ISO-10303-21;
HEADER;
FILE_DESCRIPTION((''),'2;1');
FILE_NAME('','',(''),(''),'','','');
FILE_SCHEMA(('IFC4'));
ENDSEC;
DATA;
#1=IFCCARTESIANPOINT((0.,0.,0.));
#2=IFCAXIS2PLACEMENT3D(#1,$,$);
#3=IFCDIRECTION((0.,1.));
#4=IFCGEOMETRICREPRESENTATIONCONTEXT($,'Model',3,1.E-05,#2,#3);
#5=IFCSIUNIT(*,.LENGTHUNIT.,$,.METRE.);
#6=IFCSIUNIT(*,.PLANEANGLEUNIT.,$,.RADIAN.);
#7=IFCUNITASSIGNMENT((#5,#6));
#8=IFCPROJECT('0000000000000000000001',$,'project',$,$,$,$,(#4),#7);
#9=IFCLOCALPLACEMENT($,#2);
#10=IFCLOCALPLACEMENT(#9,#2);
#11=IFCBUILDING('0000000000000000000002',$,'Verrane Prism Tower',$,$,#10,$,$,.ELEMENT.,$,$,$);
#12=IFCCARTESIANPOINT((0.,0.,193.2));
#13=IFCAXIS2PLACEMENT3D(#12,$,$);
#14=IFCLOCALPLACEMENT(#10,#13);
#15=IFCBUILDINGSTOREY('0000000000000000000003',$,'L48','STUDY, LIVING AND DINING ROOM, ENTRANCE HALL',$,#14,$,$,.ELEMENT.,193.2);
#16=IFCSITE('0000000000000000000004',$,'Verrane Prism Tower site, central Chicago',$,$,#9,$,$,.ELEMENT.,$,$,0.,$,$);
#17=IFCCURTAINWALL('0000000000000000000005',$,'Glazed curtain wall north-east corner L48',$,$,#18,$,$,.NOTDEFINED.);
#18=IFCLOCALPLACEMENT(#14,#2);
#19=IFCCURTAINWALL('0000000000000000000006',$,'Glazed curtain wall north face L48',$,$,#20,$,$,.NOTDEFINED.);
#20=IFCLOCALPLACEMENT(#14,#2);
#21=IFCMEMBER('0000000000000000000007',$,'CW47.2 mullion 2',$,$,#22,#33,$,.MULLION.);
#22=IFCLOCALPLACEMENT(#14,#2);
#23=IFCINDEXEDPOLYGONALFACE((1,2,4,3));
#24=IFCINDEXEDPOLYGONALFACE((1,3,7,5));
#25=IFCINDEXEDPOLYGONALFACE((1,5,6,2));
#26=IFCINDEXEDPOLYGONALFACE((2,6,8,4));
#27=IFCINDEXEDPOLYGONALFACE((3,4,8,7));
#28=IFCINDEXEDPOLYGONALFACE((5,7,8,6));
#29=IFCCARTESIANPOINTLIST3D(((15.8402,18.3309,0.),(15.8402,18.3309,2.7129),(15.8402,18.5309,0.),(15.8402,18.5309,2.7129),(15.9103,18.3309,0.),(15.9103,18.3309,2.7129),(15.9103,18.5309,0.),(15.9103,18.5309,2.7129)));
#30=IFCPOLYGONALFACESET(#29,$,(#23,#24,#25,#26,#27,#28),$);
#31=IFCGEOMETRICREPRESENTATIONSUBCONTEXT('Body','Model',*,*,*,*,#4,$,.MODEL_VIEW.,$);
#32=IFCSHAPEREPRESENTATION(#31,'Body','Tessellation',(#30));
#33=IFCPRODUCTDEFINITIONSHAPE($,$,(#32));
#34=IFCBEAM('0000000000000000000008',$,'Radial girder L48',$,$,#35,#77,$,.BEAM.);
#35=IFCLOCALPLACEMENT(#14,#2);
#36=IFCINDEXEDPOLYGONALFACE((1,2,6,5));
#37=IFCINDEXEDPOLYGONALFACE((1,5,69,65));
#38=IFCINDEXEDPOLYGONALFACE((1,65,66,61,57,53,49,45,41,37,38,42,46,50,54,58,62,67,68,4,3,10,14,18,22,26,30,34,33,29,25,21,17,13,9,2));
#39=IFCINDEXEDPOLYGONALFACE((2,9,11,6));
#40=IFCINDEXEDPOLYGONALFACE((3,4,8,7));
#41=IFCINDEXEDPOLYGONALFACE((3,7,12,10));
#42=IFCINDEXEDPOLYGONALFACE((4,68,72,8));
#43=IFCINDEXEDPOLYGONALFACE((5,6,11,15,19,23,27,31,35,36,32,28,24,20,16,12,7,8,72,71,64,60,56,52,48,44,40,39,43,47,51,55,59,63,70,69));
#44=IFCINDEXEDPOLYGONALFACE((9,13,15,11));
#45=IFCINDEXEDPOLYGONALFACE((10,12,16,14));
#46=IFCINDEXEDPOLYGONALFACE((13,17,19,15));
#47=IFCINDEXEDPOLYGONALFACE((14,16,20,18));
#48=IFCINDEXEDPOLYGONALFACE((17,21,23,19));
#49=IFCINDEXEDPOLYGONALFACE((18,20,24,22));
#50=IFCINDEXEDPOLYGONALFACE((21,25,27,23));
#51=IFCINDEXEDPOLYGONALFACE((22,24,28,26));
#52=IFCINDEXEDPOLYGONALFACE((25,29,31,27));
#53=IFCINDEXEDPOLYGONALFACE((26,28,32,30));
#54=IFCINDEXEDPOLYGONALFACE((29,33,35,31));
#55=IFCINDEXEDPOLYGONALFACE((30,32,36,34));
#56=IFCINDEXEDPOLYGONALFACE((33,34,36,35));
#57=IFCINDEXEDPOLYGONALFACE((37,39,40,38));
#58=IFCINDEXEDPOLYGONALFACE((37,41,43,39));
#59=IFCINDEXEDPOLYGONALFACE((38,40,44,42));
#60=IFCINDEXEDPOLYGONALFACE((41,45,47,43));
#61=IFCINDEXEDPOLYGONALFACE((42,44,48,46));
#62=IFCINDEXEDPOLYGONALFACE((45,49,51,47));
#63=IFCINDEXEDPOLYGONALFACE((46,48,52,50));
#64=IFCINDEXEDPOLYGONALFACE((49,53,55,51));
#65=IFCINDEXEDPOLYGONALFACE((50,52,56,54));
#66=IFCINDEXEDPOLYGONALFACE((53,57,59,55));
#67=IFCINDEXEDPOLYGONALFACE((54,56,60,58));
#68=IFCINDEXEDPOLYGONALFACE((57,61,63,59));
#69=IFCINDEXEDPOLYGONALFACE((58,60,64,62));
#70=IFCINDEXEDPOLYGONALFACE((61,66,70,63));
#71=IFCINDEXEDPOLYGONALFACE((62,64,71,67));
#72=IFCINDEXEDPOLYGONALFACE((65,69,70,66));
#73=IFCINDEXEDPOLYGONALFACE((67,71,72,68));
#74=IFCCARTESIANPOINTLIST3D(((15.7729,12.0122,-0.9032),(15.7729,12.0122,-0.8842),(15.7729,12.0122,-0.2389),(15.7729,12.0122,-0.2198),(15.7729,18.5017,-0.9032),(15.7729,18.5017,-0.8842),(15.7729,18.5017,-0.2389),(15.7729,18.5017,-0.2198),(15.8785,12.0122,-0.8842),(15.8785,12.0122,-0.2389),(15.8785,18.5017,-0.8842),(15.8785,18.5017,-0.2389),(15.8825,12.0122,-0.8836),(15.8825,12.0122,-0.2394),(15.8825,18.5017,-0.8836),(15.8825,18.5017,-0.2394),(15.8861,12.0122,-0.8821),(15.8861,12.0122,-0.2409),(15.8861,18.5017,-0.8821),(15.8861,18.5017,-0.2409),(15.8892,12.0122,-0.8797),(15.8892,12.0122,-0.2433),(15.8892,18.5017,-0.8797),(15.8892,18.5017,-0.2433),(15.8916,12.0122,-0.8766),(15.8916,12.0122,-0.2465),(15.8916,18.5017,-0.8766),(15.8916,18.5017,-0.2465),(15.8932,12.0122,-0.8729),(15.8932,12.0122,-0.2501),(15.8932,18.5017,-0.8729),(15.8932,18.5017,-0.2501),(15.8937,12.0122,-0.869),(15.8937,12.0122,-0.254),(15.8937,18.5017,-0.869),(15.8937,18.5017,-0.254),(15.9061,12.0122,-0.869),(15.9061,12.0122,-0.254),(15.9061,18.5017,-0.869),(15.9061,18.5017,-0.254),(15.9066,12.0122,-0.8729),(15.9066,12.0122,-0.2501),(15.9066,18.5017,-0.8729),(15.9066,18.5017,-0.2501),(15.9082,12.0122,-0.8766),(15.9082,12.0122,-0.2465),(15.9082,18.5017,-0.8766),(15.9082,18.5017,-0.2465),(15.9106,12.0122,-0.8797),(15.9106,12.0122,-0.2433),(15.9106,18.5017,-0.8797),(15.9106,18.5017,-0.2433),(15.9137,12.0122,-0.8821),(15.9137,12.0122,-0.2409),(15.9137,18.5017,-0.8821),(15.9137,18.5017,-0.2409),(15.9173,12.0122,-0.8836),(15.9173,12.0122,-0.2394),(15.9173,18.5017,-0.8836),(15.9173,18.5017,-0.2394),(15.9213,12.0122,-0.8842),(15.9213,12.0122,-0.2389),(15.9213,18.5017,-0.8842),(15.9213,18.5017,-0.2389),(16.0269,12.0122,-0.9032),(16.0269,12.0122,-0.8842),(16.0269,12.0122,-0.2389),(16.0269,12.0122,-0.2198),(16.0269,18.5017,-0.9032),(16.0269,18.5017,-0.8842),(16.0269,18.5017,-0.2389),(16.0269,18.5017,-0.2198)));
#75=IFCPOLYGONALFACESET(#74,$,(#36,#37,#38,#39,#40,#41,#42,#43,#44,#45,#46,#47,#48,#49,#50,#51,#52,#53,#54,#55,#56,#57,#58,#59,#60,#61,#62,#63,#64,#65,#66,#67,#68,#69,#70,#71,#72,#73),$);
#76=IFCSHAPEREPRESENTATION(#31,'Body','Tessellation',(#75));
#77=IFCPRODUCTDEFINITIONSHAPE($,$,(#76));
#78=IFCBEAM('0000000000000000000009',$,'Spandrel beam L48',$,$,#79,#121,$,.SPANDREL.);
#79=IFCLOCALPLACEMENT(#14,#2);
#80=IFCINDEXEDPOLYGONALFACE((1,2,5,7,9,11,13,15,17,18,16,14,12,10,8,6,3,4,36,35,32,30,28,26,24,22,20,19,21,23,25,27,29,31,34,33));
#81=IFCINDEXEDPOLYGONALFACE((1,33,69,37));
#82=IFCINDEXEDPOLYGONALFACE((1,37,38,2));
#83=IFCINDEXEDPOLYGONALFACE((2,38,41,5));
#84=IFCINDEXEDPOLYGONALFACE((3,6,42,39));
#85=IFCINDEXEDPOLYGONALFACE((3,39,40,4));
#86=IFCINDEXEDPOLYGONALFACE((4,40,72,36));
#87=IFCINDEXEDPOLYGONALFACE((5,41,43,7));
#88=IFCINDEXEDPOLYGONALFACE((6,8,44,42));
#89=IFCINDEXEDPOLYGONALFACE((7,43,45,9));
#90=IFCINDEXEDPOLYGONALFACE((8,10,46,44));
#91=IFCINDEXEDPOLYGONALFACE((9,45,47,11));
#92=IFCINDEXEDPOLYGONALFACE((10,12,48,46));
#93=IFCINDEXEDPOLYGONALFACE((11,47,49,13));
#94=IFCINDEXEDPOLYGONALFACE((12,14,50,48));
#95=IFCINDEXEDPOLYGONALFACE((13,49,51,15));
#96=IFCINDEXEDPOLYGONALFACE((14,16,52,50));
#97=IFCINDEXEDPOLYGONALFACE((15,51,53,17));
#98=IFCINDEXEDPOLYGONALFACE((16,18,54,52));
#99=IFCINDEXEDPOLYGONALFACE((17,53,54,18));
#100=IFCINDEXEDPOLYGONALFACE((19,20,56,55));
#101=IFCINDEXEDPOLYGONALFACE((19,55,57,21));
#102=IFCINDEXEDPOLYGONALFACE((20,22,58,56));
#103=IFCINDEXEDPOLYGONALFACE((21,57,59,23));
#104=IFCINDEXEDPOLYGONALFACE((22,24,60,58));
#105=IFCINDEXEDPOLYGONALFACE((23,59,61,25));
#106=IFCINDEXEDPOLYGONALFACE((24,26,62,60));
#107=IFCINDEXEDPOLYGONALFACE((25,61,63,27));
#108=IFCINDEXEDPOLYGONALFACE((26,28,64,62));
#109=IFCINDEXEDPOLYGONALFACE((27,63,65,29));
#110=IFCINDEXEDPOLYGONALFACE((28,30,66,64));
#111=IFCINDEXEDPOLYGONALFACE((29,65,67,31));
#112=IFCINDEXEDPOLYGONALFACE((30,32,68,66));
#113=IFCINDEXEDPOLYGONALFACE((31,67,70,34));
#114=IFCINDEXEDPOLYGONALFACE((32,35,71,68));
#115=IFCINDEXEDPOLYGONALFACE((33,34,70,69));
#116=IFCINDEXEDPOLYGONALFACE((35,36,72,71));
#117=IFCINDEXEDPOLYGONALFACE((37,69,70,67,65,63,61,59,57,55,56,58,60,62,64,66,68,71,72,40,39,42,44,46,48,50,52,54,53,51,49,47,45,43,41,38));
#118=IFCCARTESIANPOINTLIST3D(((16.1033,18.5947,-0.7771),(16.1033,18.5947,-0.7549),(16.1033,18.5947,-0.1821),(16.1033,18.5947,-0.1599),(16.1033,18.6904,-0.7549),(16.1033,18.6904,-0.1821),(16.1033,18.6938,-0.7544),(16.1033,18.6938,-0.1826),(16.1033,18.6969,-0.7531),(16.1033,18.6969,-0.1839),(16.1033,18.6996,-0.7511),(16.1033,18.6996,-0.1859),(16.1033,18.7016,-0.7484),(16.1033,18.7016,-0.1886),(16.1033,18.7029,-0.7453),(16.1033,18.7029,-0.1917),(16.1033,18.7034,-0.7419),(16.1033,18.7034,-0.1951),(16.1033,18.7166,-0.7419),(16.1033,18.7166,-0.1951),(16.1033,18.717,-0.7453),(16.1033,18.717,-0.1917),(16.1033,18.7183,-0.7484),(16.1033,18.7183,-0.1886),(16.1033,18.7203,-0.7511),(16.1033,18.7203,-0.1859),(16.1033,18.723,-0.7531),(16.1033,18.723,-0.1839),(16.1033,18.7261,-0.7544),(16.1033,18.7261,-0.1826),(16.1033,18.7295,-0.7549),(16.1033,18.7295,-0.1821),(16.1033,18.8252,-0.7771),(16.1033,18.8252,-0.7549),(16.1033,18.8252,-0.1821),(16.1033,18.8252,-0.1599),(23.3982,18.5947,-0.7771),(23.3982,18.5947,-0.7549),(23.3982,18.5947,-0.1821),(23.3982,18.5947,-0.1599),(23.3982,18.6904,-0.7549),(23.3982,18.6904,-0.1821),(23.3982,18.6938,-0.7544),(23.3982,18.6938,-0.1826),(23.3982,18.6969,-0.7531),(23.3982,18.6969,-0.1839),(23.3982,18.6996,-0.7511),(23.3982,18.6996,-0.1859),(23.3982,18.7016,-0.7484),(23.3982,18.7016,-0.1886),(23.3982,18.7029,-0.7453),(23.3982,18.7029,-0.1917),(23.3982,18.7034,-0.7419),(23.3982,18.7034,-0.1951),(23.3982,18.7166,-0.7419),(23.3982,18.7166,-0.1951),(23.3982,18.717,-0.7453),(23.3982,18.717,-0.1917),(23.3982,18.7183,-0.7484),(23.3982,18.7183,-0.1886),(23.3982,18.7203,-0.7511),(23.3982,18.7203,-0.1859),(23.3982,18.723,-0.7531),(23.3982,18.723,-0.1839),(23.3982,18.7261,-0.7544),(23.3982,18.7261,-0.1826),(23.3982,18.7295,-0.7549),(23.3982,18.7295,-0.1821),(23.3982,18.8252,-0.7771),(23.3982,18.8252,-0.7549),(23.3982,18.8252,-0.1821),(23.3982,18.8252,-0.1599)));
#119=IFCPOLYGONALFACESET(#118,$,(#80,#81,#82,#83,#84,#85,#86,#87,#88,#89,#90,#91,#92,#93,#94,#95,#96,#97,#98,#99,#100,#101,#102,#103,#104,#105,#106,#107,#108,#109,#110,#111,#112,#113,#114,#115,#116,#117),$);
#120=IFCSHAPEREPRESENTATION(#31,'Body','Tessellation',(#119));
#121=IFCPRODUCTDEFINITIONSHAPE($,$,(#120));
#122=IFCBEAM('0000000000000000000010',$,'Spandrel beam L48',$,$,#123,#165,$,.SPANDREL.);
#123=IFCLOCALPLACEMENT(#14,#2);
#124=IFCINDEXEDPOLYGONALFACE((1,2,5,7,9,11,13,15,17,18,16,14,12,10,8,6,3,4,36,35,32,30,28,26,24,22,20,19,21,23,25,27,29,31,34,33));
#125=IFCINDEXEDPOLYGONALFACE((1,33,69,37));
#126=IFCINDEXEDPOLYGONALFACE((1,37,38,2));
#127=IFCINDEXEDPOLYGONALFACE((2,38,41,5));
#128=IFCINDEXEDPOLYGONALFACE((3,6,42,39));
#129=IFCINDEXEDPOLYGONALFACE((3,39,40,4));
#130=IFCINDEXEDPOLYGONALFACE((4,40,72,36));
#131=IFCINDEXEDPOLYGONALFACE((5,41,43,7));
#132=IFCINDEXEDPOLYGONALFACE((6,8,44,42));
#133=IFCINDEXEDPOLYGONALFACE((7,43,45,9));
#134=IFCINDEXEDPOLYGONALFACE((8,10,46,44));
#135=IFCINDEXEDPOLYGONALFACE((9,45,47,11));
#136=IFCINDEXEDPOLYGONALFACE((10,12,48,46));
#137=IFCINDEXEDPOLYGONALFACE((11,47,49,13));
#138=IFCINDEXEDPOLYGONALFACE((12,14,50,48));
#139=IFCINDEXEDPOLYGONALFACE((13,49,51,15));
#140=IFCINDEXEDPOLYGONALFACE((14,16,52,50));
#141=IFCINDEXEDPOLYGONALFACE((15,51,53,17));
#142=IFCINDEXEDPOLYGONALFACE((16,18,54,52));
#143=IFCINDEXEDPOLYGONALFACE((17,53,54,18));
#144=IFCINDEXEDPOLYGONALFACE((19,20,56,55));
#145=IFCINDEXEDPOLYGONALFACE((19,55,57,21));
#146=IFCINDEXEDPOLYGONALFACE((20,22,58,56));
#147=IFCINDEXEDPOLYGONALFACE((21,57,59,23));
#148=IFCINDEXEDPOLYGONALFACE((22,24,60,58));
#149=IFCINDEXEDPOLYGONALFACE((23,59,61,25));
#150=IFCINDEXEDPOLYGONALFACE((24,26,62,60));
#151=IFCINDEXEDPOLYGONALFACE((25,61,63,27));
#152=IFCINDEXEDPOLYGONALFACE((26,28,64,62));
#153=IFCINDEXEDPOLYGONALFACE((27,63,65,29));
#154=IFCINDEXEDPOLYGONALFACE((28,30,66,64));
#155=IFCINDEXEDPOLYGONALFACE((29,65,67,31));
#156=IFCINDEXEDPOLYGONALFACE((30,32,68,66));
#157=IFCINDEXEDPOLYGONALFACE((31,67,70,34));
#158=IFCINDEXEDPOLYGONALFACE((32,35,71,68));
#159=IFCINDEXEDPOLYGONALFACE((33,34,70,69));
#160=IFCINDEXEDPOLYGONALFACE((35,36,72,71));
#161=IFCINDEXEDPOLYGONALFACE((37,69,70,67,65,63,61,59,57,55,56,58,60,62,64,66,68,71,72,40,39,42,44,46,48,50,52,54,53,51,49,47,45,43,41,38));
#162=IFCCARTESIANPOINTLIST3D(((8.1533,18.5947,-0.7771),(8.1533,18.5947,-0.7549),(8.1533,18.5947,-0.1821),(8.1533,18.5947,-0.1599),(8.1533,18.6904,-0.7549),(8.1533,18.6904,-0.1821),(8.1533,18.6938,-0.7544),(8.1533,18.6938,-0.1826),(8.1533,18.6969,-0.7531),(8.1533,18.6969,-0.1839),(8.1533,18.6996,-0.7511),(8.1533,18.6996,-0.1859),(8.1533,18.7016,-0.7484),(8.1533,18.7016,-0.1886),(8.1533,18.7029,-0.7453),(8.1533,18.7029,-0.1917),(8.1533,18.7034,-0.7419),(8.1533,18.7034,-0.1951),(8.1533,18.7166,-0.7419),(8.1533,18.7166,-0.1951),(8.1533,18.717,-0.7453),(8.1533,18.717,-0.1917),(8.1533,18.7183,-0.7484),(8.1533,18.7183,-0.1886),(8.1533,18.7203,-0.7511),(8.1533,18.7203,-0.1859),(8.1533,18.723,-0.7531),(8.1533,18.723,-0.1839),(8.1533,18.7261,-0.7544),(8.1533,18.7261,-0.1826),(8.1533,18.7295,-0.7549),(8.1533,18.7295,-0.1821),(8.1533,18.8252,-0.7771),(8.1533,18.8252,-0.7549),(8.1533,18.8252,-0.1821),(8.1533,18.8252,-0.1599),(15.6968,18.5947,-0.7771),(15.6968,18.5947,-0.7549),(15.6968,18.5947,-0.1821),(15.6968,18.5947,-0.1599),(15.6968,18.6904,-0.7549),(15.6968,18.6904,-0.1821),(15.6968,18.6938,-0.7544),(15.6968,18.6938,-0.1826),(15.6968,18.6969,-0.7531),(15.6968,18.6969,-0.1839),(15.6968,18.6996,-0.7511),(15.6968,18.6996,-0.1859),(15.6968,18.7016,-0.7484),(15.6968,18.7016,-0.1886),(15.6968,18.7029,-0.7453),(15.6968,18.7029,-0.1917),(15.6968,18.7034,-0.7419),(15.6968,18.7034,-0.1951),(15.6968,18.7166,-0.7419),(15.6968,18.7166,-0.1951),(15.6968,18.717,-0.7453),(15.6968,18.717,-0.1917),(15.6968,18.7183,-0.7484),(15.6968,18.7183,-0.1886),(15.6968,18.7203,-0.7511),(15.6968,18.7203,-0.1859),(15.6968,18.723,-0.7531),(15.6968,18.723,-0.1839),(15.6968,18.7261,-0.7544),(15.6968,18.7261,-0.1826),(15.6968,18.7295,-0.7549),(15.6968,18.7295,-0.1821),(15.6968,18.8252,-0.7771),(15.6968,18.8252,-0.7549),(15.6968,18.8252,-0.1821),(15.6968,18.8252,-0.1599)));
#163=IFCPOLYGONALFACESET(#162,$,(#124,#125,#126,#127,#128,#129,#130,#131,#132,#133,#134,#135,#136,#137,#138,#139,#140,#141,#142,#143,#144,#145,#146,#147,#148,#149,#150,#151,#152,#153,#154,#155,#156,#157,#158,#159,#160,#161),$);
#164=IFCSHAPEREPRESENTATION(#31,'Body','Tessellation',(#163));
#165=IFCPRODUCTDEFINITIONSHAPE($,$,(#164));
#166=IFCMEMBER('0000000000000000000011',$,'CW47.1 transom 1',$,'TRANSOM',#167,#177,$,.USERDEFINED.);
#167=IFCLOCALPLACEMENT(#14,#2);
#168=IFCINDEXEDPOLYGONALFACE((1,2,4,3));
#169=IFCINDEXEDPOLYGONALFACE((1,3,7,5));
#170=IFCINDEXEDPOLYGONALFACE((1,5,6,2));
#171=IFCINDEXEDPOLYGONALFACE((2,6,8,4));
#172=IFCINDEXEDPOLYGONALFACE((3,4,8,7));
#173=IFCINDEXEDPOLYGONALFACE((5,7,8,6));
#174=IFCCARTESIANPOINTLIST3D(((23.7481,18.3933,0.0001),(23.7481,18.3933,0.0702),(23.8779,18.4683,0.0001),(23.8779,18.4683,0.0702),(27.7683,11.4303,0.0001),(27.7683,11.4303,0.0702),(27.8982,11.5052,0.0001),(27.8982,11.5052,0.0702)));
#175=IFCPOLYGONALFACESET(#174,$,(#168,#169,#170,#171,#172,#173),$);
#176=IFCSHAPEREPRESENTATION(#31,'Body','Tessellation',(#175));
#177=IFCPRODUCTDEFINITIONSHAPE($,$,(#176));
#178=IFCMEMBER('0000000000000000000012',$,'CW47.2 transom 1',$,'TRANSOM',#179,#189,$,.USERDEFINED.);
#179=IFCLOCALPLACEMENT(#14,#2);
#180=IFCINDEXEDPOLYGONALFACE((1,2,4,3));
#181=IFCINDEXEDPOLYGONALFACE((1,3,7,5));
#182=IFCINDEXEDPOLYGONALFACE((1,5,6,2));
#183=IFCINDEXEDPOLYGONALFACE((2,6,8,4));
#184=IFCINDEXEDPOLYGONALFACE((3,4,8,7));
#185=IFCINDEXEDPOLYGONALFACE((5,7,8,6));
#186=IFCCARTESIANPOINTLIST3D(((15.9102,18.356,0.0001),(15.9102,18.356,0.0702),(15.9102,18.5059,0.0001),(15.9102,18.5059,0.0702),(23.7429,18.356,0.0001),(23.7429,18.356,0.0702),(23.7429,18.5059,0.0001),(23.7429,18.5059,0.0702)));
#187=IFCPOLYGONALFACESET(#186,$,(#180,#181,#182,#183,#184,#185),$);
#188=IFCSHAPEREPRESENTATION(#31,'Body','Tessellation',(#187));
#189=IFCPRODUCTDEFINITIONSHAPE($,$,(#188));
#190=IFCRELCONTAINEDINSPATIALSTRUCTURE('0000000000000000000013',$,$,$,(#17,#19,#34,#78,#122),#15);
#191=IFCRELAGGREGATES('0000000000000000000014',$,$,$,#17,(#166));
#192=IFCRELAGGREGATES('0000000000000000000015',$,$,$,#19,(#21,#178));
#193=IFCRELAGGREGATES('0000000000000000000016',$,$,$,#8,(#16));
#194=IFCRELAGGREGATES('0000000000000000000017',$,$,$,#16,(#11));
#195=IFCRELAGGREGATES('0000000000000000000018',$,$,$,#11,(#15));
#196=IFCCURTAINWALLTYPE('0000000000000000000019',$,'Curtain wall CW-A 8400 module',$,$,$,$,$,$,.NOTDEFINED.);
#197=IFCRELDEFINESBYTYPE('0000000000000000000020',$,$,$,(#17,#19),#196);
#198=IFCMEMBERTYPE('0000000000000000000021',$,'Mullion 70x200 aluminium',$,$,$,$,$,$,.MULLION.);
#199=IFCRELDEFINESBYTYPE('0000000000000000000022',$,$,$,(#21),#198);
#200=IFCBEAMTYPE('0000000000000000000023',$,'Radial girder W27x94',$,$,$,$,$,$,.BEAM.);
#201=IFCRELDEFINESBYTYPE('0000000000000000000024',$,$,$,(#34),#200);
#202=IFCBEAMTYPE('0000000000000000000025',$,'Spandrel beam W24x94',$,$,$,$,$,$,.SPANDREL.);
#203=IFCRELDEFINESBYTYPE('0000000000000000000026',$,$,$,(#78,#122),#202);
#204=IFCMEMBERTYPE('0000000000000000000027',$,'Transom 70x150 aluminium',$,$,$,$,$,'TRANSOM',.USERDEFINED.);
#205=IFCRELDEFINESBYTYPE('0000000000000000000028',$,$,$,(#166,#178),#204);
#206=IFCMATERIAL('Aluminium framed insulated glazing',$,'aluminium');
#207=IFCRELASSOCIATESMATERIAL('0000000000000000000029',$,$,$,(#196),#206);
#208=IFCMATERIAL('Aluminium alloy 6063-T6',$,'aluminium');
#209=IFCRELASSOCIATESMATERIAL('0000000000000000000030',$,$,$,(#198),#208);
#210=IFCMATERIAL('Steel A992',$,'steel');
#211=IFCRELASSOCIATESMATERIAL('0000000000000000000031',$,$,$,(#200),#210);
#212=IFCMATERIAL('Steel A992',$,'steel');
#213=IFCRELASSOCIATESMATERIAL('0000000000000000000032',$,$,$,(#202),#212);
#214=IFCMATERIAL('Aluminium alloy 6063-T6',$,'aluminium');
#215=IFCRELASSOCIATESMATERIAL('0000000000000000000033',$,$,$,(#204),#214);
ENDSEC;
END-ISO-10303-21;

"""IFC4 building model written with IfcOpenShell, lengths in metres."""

from ifc_helpers import new_model, si_unit, direction, frame, origin, origin_2d, place, context, subcontext, project, spatial, rectangle, i_section, extrude, material, material_profile, profile_set, type_object, element, aggregate, save


model = new_model("IFC4")

# Units and contexts
model_context = context("Model", 3, precision=1e-05, world=origin(), true_north=direction((0.0, 1.0)))
body_context = subcontext(model_context, "Body", "Model", "MODEL_VIEW")
ifc_project = project(units=[si_unit("LENGTHUNIT", "METRE"), si_unit("PLANEANGLEUNIT", "RADIAN")], contexts=[model_context])

# Site, building, storey
site_placement = place(None, origin())
site = spatial("IfcSite", under=ifc_project, at=site_placement, Name="Verrane Prism Tower site, central Chicago", CompositionType="ELEMENT", RefElevation=0.0)
building_placement = place(site_placement, origin())
building = spatial("IfcBuilding", under=site, at=building_placement, Name="Verrane Prism Tower", CompositionType="ELEMENT")
storey_placement = place(building_placement, frame((0.0, 0.0, 193.2)))
storey = spatial("IfcBuildingStorey", under=building, at=storey_placement, Name="L48", Description="STUDY, LIVING AND DINING ROOM, ENTRANCE HALL", CompositionType="ELEMENT", Elevation=193.2)

# Curtain wall
ifc_material_1 = material(Name="Aluminium framed insulated glazing", Category="aluminium")
curtain_wall_type = type_object("IfcCurtainWallType", Name="Curtain wall CW-A 8400 module", PredefinedType="NOTDEFINED", material=ifc_material_1)
curtain_wall_1_placement = place(storey_placement, origin())
curtain_wall_1 = element("IfcCurtainWall", 1, at=curtain_wall_1_placement, inside=storey, type_object=curtain_wall_type, Name="Glazed curtain wall north-east corner L48", PredefinedType="NOTDEFINED")
ifc_material_2 = material(Name="Aluminium alloy 6063-T6", Category="aluminium")
ifc_material_profile_1 = material_profile(ifc_material_2, rectangle(XDim=0.2, YDim=0.0701, at=origin_2d()), Name="Mullion 70x200 aluminium")
ifc_profile_set_1 = profile_set([ifc_material_profile_1], Name="Aluminium alloy 6063-T6")
member_type_1 = type_object("IfcMemberType", Name="Mullion 70x200 aluminium", PredefinedType="MULLION", material=ifc_profile_set_1)

# Curtain wall, member
curtain_wall_2_placement = place(storey_placement, origin())
curtain_wall_2 = element("IfcCurtainWall", 2, at=curtain_wall_2_placement, inside=storey, type_object=curtain_wall_type, Name="Glazed curtain wall north face L48", PredefinedType="NOTDEFINED")
member_1_placement = place(storey_placement, frame((15.8752, 18.4309, 0.0), z_axis=(0.0, 0.0, 1.0), x_axis=(0.0, -1.0, 0.0)))
member_1 = element("IfcMember", 3, at=member_1_placement, type_object=member_type_1, Name="CW47.2 mullion 2", PredefinedType="MULLION", context=body_context, shape_type="SweptSolid", body=[
    extrude(rectangle(XDim=0.2, YDim=0.0701, at=origin_2d()), origin(), (0.0, 0.0, 1.0), 2.7129),
])

# Beams
ifc_material_3 = material(Name="Steel A992", Category="steel")
ifc_material_profile_2 = material_profile(ifc_material_3, i_section(OverallWidth=0.2539, OverallDepth=0.6833, WebThickness=0.0125, FlangeThickness=0.019, FilletRadius=0.0151, at=origin_2d()), Name="W27x94")
ifc_profile_set_2 = profile_set([ifc_material_profile_2], Name="Steel A992")
beam_type_1 = type_object("IfcBeamType", Name="Radial girder W27x94", PredefinedType="BEAM", material=ifc_profile_set_2)
beam_1_placement = place(storey_placement, frame((15.8999, 18.5017, -0.5615), z_axis=(0.0, -1.0, 0.0), x_axis=(1.0, 0.0, 0.0)))
element("IfcBeam", 4, at=beam_1_placement, inside=storey, type_object=beam_type_1, Name="Radial girder L48", PredefinedType="BEAM", context=body_context, shape_type="SweptSolid", body=[
    extrude(i_section(OverallWidth=0.2539, OverallDepth=0.6833, WebThickness=0.0125, FlangeThickness=0.019, FilletRadius=0.0151, at=origin_2d()), origin(), (0.0, 0.0, 1.0), 6.4895),
])
ifc_material_4 = material(Name="Steel A992", Category="steel")
ifc_material_profile_3 = material_profile(ifc_material_4, i_section(OverallWidth=0.2305, OverallDepth=0.6172, WebThickness=0.0132, FlangeThickness=0.0222, FilletRadius=0.0129, at=origin_2d()), Name="W24x94")
ifc_profile_set_3 = profile_set([ifc_material_profile_3], Name="Steel A992")
beam_type_2 = type_object("IfcBeamType", Name="Spandrel beam W24x94", PredefinedType="SPANDREL", material=ifc_profile_set_3)
beam_2_placement = place(storey_placement, frame((23.3982, 18.71, -0.4685), z_axis=(-1.0, 0.0, 0.0), x_axis=(0.0, -1.0, 0.0)))
element("IfcBeam", 5, at=beam_2_placement, inside=storey, type_object=beam_type_2, Name="Spandrel beam L48", PredefinedType="SPANDREL", context=body_context, shape_type="SweptSolid", body=[
    extrude(i_section(OverallWidth=0.2305, OverallDepth=0.6172, WebThickness=0.0132, FlangeThickness=0.0222, FilletRadius=0.0129, at=origin_2d()), origin(), (0.0, 0.0, 1.0), 7.2949),
])
beam_3_placement = place(storey_placement, frame((15.6968, 18.71, -0.4685), z_axis=(-1.0, 0.0, 0.0), x_axis=(0.0, -1.0, 0.0)))
element("IfcBeam", 6, at=beam_3_placement, inside=storey, type_object=beam_type_2, Name="Spandrel beam L48", PredefinedType="SPANDREL", context=body_context, shape_type="SweptSolid", body=[
    extrude(i_section(OverallWidth=0.2305, OverallDepth=0.6172, WebThickness=0.0132, FlangeThickness=0.0222, FilletRadius=0.0129, at=origin_2d()), origin(), (0.0, 0.0, 1.0), 7.5435),
])

# Members
ifc_material_5 = material(Name="Aluminium alloy 6063-T6", Category="aluminium")
ifc_material_profile_4 = material_profile(ifc_material_5, rectangle(XDim=0.1499, YDim=0.0701, at=origin_2d()), Name="Transom 70x150 aluminium")
ifc_profile_set_4 = profile_set([ifc_material_profile_4], Name="Aluminium alloy 6063-T6")
member_type_2 = type_object("IfcMemberType", Name="Transom 70x150 aluminium", ElementType="TRANSOM", PredefinedType="USERDEFINED", material=ifc_profile_set_4)
member_2_placement = place(storey_placement, frame((27.8333, 11.4678, 0.0352), z_axis=(-0.500009, 0.86602, 0.0), x_axis=(-0.86602, -0.500009, 0.0)))
member_2 = element("IfcMember", 7, at=member_2_placement, type_object=member_type_2, Name="CW47.1 transom 1", ObjectType="TRANSOM", PredefinedType="USERDEFINED", context=body_context, shape_type="SweptSolid", body=[
    extrude(rectangle(XDim=0.1499, YDim=0.0701, at=origin_2d()), origin(), (0.0, 0.0, 1.0), 8.0403),
])
member_3_placement = place(storey_placement, frame((23.7429, 18.4309, 0.0352), z_axis=(-1.0, 0.0, 0.0), x_axis=(0.0, -1.0, 0.0)))
member_3 = element("IfcMember", 8, at=member_3_placement, type_object=member_type_2, Name="CW47.2 transom 1", ObjectType="TRANSOM", PredefinedType="USERDEFINED", context=body_context, shape_type="SweptSolid", body=[
    extrude(rectangle(XDim=0.1499, YDim=0.0701, at=origin_2d()), origin(), (0.0, 0.0, 1.0), 7.8328),
])

aggregate(curtain_wall_1, [member_2])
aggregate(curtain_wall_2, [member_1, member_3])

save(model, "model.ifc")
